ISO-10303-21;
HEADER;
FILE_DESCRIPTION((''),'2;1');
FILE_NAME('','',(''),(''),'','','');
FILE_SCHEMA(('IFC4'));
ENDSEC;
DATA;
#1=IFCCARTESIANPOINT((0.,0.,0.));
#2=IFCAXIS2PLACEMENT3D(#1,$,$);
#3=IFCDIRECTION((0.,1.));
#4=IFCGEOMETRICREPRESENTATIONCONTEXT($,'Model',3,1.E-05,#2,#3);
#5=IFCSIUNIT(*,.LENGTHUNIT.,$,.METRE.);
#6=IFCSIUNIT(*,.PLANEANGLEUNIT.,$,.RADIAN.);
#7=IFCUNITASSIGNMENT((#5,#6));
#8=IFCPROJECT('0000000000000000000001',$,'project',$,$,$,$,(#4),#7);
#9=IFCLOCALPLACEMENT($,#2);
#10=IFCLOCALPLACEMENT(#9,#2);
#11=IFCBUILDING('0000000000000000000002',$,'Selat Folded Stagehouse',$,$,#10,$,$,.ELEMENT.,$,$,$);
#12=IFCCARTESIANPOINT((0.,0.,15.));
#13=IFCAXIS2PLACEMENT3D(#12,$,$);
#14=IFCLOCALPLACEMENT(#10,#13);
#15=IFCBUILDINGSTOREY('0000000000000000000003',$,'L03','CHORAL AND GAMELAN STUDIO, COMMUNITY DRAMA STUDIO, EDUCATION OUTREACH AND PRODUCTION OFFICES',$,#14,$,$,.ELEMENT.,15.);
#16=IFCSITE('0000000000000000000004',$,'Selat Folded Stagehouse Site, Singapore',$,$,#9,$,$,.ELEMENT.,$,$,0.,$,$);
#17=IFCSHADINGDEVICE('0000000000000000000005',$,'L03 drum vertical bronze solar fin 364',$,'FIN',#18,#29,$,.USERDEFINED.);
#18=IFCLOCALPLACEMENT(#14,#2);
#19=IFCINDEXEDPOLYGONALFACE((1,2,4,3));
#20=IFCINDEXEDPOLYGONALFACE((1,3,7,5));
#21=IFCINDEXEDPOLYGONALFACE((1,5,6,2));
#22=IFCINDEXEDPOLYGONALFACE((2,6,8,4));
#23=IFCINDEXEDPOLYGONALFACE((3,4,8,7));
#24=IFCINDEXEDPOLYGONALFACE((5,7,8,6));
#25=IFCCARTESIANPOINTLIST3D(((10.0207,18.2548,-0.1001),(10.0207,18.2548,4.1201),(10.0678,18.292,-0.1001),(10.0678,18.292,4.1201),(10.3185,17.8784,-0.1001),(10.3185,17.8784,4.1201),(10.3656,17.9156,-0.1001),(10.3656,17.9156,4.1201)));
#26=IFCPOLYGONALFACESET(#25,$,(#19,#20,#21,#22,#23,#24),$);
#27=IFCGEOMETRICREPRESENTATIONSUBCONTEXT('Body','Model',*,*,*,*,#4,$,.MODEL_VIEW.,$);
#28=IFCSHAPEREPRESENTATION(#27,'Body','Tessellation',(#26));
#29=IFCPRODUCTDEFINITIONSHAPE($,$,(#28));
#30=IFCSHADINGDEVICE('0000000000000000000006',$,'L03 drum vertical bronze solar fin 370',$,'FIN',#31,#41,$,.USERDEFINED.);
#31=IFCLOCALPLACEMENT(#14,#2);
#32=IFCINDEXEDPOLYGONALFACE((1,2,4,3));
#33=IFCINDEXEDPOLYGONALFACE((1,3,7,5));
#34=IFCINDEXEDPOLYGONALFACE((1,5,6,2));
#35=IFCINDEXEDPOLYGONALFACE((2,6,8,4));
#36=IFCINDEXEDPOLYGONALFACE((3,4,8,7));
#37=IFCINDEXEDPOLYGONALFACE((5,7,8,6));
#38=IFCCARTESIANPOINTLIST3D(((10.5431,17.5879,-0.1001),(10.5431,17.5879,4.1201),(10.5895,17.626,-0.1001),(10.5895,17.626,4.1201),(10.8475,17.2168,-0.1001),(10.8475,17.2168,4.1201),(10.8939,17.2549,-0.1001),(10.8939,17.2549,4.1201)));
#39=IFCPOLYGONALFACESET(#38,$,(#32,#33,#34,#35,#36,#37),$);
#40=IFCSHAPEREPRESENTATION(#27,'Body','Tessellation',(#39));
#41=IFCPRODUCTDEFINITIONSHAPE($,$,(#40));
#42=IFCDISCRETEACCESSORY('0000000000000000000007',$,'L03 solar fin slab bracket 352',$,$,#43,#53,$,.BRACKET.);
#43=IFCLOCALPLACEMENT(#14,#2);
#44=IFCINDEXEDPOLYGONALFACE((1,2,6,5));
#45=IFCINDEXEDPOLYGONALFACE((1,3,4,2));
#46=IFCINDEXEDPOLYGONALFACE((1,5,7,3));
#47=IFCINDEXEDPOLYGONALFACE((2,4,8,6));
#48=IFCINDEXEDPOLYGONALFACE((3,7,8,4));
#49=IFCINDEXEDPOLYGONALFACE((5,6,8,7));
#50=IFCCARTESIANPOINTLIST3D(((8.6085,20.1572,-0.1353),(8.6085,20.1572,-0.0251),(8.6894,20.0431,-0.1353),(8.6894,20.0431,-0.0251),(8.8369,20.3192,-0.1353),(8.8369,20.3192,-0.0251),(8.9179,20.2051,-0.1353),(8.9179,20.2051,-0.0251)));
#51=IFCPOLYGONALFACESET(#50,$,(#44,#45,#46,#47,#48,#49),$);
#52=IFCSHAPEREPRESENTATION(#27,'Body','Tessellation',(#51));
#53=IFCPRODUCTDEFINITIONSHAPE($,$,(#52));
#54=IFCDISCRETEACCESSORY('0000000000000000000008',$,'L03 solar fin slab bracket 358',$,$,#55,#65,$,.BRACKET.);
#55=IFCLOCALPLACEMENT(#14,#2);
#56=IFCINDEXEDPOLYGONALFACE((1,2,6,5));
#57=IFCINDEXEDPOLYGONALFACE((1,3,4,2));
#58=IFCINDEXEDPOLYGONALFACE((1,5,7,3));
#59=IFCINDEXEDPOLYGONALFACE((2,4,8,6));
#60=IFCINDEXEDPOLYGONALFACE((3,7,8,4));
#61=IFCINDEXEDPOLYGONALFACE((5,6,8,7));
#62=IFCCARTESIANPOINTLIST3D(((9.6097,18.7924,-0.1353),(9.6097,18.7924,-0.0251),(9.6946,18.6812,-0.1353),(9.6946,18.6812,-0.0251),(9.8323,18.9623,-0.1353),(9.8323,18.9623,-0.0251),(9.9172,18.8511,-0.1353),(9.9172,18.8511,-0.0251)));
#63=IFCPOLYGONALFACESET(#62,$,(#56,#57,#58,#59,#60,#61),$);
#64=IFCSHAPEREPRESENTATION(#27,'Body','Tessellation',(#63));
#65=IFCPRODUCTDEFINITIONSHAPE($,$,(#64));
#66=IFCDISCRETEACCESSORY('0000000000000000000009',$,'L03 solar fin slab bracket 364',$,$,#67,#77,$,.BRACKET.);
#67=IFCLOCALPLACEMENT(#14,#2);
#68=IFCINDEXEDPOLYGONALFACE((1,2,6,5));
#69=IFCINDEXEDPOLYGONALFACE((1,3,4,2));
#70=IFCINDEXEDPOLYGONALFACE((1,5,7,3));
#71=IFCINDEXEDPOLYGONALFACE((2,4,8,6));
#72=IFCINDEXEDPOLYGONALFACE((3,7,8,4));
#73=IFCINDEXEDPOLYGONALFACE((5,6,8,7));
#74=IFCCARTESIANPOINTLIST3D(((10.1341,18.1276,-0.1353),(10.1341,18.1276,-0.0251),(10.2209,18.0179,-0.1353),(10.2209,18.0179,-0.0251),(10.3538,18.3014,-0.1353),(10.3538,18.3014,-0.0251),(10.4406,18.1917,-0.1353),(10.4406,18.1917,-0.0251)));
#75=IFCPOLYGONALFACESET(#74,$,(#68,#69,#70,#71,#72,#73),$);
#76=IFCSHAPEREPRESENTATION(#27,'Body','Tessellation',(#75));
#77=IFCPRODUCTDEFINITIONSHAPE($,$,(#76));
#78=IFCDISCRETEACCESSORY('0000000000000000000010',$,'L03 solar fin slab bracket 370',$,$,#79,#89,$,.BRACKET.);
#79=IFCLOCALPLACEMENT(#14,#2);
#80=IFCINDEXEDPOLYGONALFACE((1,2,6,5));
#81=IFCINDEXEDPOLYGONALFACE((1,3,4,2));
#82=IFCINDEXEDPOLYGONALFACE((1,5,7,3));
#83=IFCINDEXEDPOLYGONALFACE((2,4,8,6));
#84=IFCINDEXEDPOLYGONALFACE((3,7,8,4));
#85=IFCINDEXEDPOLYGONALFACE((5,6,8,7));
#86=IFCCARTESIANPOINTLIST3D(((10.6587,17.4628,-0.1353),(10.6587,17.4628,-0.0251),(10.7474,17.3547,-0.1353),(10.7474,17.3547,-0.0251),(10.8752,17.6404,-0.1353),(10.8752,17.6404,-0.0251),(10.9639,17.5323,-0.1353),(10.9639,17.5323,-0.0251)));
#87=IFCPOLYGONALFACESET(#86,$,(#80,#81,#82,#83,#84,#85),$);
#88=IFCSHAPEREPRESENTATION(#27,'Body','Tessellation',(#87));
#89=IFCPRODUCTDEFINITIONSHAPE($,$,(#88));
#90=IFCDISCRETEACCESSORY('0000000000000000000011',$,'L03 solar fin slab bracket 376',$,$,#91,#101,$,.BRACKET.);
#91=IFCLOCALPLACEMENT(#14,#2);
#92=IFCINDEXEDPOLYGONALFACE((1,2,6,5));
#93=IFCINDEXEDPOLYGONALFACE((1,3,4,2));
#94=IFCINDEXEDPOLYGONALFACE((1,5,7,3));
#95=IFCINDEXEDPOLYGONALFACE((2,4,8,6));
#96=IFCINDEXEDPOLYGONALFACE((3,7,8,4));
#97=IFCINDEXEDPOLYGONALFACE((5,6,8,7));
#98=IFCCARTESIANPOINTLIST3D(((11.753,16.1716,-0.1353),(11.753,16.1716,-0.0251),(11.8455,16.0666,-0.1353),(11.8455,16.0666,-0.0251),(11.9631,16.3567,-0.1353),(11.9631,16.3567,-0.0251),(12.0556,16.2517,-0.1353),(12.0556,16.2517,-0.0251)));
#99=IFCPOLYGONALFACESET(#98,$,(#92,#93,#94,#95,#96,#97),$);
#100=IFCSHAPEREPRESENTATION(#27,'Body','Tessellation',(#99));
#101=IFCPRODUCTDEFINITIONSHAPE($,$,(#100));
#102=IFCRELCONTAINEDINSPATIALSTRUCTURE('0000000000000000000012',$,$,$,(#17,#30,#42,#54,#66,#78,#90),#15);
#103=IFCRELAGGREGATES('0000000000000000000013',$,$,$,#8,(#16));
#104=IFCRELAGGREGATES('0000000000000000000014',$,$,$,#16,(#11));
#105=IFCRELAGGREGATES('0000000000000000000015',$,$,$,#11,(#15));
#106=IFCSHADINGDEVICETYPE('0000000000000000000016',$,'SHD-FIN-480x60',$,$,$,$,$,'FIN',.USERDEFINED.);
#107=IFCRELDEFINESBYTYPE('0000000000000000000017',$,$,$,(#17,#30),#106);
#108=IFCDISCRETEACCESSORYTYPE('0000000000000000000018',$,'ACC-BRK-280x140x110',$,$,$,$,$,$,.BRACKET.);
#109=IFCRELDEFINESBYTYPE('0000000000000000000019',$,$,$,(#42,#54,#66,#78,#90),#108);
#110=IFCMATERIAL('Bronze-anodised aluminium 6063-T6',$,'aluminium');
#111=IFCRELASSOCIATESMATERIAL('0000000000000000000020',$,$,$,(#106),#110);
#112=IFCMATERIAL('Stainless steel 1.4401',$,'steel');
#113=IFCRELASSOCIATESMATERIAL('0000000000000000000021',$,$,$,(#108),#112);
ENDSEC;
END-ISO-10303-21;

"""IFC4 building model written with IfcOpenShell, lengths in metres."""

from ifc_helpers import new_model, si_unit, direction, frame, origin, origin_2d, place, context, subcontext, project, spatial, rectangle, extrude, material, material_profile, profile_set, type_object, element, save


model = new_model("IFC4")

# Units and contexts
model_context = context("Model", 3, precision=1e-05, world=origin(), true_north=direction((0.0, 1.0)))
body_context = subcontext(model_context, "Body", "Model", "MODEL_VIEW")
ifc_project = project(units=[si_unit("LENGTHUNIT", "METRE"), si_unit("PLANEANGLEUNIT", "RADIAN")], contexts=[model_context])

# Site, building, storey
site_placement = place(None, origin())
site = spatial("IfcSite", under=ifc_project, at=site_placement, Name="Selat Folded Stagehouse Site, Singapore", CompositionType="ELEMENT", RefElevation=0.0)
building_placement = place(site_placement, origin())
building = spatial("IfcBuilding", under=site, at=building_placement, Name="Selat Folded Stagehouse", CompositionType="ELEMENT")
storey_placement = place(building_placement, frame((0.0, 0.0, 15.0)))
storey = spatial("IfcBuildingStorey", under=building, at=storey_placement, Name="L03", Description="CHORAL AND GAMELAN STUDIO, COMMUNITY DRAMA STUDIO, EDUCATION OUTREACH AND PRODUCTION OFFICES", CompositionType="ELEMENT", Elevation=15.0)

# Shading devices
ifc_material_1 = material(Name="Bronze-anodised aluminium 6063-T6", Category="aluminium")
ifc_material_profile_1 = material_profile(ifc_material_1, rectangle(XDim=0.0601, YDim=0.48, at=origin_2d()), Name="SOLAR-FIN 480x60")
ifc_profile_set_1 = profile_set([ifc_material_profile_1], Name="Bronze-anodised aluminium 6063-T6")
shading_device_type = type_object("IfcShadingDeviceType", Name="SHD-FIN-480x60", ElementType="FIN", PredefinedType="USERDEFINED", material=ifc_profile_set_1)
for number, where, z_axis, x_axis, name in (
    (1, (10.1931, 18.0852, -0.1001), (0.0, 0.0, 1.0), (-0.784235, -0.620464, 0.0), "L03 drum vertical bronze solar fin 364"),
    (2, (10.7185, 17.4214, -0.1001), (0.0, 0.0, 1.0), (-0.773177, -0.634191, 0.0), "L03 drum vertical bronze solar fin 370"),
):
    element("IfcShadingDevice", number, at=place(storey_placement, frame(where, z_axis=z_axis, x_axis=x_axis)), inside=storey, type_object=shading_device_type, Name=name, ObjectType="FIN", PredefinedType="USERDEFINED", context=body_context, shape_type="SweptSolid", body=[
        extrude(rectangle(XDim=0.0601, YDim=0.48, at=origin_2d()), origin(), (0.0, 0.0, 1.0), 4.2202),
    ])

# Discrete accessories
ifc_material_2 = material(Name="Stainless steel 1.4401", Category="steel")
discrete_accessory_type = type_object("IfcDiscreteAccessoryType", Name="ACC-BRK-280x140x110", PredefinedType="BRACKET", material=ifc_material_2)
for number, where, z_axis, x_axis, name in (
    (3, (8.7632, 20.1812, -0.1353), (0.0, 0.0, 1.0), (-0.815734, -0.578427, 0.0), "L03 solar fin slab bracket 352"),
    (4, (9.7634, 18.8218, -0.1353), (0.0, 0.0, 1.0), (-0.794944, -0.606682, 0.0), "L03 solar fin slab bracket 358"),
    (5, (10.2874, 18.1597, -0.1353), (0.0, 0.0, 1.0), (-0.784235, -0.620464, 0.0), "L03 solar fin slab bracket 364"),
    (6, (10.8113, 17.4976, -0.1353), (0.0, 0.0, 1.0), (-0.773177, -0.634191, 0.0), "L03 solar fin slab bracket 370"),
    (7, (11.9043, 16.2117, -0.1353), (0.0, 0.0, 1.0), (-0.750457, -0.660919, 0.0), "L03 solar fin slab bracket 376"),
):
    element("IfcDiscreteAccessory", number, at=place(storey_placement, frame(where, z_axis=z_axis, x_axis=x_axis)), inside=storey, type_object=discrete_accessory_type, Name=name, PredefinedType="BRACKET", context=body_context, shape_type="SweptSolid", body=[
        extrude(rectangle(XDim=0.28, YDim=0.1399, at=origin_2d()), origin(), (0.0, 0.0, 1.0), 0.1101),
    ])

save(model, "model.ifc")
